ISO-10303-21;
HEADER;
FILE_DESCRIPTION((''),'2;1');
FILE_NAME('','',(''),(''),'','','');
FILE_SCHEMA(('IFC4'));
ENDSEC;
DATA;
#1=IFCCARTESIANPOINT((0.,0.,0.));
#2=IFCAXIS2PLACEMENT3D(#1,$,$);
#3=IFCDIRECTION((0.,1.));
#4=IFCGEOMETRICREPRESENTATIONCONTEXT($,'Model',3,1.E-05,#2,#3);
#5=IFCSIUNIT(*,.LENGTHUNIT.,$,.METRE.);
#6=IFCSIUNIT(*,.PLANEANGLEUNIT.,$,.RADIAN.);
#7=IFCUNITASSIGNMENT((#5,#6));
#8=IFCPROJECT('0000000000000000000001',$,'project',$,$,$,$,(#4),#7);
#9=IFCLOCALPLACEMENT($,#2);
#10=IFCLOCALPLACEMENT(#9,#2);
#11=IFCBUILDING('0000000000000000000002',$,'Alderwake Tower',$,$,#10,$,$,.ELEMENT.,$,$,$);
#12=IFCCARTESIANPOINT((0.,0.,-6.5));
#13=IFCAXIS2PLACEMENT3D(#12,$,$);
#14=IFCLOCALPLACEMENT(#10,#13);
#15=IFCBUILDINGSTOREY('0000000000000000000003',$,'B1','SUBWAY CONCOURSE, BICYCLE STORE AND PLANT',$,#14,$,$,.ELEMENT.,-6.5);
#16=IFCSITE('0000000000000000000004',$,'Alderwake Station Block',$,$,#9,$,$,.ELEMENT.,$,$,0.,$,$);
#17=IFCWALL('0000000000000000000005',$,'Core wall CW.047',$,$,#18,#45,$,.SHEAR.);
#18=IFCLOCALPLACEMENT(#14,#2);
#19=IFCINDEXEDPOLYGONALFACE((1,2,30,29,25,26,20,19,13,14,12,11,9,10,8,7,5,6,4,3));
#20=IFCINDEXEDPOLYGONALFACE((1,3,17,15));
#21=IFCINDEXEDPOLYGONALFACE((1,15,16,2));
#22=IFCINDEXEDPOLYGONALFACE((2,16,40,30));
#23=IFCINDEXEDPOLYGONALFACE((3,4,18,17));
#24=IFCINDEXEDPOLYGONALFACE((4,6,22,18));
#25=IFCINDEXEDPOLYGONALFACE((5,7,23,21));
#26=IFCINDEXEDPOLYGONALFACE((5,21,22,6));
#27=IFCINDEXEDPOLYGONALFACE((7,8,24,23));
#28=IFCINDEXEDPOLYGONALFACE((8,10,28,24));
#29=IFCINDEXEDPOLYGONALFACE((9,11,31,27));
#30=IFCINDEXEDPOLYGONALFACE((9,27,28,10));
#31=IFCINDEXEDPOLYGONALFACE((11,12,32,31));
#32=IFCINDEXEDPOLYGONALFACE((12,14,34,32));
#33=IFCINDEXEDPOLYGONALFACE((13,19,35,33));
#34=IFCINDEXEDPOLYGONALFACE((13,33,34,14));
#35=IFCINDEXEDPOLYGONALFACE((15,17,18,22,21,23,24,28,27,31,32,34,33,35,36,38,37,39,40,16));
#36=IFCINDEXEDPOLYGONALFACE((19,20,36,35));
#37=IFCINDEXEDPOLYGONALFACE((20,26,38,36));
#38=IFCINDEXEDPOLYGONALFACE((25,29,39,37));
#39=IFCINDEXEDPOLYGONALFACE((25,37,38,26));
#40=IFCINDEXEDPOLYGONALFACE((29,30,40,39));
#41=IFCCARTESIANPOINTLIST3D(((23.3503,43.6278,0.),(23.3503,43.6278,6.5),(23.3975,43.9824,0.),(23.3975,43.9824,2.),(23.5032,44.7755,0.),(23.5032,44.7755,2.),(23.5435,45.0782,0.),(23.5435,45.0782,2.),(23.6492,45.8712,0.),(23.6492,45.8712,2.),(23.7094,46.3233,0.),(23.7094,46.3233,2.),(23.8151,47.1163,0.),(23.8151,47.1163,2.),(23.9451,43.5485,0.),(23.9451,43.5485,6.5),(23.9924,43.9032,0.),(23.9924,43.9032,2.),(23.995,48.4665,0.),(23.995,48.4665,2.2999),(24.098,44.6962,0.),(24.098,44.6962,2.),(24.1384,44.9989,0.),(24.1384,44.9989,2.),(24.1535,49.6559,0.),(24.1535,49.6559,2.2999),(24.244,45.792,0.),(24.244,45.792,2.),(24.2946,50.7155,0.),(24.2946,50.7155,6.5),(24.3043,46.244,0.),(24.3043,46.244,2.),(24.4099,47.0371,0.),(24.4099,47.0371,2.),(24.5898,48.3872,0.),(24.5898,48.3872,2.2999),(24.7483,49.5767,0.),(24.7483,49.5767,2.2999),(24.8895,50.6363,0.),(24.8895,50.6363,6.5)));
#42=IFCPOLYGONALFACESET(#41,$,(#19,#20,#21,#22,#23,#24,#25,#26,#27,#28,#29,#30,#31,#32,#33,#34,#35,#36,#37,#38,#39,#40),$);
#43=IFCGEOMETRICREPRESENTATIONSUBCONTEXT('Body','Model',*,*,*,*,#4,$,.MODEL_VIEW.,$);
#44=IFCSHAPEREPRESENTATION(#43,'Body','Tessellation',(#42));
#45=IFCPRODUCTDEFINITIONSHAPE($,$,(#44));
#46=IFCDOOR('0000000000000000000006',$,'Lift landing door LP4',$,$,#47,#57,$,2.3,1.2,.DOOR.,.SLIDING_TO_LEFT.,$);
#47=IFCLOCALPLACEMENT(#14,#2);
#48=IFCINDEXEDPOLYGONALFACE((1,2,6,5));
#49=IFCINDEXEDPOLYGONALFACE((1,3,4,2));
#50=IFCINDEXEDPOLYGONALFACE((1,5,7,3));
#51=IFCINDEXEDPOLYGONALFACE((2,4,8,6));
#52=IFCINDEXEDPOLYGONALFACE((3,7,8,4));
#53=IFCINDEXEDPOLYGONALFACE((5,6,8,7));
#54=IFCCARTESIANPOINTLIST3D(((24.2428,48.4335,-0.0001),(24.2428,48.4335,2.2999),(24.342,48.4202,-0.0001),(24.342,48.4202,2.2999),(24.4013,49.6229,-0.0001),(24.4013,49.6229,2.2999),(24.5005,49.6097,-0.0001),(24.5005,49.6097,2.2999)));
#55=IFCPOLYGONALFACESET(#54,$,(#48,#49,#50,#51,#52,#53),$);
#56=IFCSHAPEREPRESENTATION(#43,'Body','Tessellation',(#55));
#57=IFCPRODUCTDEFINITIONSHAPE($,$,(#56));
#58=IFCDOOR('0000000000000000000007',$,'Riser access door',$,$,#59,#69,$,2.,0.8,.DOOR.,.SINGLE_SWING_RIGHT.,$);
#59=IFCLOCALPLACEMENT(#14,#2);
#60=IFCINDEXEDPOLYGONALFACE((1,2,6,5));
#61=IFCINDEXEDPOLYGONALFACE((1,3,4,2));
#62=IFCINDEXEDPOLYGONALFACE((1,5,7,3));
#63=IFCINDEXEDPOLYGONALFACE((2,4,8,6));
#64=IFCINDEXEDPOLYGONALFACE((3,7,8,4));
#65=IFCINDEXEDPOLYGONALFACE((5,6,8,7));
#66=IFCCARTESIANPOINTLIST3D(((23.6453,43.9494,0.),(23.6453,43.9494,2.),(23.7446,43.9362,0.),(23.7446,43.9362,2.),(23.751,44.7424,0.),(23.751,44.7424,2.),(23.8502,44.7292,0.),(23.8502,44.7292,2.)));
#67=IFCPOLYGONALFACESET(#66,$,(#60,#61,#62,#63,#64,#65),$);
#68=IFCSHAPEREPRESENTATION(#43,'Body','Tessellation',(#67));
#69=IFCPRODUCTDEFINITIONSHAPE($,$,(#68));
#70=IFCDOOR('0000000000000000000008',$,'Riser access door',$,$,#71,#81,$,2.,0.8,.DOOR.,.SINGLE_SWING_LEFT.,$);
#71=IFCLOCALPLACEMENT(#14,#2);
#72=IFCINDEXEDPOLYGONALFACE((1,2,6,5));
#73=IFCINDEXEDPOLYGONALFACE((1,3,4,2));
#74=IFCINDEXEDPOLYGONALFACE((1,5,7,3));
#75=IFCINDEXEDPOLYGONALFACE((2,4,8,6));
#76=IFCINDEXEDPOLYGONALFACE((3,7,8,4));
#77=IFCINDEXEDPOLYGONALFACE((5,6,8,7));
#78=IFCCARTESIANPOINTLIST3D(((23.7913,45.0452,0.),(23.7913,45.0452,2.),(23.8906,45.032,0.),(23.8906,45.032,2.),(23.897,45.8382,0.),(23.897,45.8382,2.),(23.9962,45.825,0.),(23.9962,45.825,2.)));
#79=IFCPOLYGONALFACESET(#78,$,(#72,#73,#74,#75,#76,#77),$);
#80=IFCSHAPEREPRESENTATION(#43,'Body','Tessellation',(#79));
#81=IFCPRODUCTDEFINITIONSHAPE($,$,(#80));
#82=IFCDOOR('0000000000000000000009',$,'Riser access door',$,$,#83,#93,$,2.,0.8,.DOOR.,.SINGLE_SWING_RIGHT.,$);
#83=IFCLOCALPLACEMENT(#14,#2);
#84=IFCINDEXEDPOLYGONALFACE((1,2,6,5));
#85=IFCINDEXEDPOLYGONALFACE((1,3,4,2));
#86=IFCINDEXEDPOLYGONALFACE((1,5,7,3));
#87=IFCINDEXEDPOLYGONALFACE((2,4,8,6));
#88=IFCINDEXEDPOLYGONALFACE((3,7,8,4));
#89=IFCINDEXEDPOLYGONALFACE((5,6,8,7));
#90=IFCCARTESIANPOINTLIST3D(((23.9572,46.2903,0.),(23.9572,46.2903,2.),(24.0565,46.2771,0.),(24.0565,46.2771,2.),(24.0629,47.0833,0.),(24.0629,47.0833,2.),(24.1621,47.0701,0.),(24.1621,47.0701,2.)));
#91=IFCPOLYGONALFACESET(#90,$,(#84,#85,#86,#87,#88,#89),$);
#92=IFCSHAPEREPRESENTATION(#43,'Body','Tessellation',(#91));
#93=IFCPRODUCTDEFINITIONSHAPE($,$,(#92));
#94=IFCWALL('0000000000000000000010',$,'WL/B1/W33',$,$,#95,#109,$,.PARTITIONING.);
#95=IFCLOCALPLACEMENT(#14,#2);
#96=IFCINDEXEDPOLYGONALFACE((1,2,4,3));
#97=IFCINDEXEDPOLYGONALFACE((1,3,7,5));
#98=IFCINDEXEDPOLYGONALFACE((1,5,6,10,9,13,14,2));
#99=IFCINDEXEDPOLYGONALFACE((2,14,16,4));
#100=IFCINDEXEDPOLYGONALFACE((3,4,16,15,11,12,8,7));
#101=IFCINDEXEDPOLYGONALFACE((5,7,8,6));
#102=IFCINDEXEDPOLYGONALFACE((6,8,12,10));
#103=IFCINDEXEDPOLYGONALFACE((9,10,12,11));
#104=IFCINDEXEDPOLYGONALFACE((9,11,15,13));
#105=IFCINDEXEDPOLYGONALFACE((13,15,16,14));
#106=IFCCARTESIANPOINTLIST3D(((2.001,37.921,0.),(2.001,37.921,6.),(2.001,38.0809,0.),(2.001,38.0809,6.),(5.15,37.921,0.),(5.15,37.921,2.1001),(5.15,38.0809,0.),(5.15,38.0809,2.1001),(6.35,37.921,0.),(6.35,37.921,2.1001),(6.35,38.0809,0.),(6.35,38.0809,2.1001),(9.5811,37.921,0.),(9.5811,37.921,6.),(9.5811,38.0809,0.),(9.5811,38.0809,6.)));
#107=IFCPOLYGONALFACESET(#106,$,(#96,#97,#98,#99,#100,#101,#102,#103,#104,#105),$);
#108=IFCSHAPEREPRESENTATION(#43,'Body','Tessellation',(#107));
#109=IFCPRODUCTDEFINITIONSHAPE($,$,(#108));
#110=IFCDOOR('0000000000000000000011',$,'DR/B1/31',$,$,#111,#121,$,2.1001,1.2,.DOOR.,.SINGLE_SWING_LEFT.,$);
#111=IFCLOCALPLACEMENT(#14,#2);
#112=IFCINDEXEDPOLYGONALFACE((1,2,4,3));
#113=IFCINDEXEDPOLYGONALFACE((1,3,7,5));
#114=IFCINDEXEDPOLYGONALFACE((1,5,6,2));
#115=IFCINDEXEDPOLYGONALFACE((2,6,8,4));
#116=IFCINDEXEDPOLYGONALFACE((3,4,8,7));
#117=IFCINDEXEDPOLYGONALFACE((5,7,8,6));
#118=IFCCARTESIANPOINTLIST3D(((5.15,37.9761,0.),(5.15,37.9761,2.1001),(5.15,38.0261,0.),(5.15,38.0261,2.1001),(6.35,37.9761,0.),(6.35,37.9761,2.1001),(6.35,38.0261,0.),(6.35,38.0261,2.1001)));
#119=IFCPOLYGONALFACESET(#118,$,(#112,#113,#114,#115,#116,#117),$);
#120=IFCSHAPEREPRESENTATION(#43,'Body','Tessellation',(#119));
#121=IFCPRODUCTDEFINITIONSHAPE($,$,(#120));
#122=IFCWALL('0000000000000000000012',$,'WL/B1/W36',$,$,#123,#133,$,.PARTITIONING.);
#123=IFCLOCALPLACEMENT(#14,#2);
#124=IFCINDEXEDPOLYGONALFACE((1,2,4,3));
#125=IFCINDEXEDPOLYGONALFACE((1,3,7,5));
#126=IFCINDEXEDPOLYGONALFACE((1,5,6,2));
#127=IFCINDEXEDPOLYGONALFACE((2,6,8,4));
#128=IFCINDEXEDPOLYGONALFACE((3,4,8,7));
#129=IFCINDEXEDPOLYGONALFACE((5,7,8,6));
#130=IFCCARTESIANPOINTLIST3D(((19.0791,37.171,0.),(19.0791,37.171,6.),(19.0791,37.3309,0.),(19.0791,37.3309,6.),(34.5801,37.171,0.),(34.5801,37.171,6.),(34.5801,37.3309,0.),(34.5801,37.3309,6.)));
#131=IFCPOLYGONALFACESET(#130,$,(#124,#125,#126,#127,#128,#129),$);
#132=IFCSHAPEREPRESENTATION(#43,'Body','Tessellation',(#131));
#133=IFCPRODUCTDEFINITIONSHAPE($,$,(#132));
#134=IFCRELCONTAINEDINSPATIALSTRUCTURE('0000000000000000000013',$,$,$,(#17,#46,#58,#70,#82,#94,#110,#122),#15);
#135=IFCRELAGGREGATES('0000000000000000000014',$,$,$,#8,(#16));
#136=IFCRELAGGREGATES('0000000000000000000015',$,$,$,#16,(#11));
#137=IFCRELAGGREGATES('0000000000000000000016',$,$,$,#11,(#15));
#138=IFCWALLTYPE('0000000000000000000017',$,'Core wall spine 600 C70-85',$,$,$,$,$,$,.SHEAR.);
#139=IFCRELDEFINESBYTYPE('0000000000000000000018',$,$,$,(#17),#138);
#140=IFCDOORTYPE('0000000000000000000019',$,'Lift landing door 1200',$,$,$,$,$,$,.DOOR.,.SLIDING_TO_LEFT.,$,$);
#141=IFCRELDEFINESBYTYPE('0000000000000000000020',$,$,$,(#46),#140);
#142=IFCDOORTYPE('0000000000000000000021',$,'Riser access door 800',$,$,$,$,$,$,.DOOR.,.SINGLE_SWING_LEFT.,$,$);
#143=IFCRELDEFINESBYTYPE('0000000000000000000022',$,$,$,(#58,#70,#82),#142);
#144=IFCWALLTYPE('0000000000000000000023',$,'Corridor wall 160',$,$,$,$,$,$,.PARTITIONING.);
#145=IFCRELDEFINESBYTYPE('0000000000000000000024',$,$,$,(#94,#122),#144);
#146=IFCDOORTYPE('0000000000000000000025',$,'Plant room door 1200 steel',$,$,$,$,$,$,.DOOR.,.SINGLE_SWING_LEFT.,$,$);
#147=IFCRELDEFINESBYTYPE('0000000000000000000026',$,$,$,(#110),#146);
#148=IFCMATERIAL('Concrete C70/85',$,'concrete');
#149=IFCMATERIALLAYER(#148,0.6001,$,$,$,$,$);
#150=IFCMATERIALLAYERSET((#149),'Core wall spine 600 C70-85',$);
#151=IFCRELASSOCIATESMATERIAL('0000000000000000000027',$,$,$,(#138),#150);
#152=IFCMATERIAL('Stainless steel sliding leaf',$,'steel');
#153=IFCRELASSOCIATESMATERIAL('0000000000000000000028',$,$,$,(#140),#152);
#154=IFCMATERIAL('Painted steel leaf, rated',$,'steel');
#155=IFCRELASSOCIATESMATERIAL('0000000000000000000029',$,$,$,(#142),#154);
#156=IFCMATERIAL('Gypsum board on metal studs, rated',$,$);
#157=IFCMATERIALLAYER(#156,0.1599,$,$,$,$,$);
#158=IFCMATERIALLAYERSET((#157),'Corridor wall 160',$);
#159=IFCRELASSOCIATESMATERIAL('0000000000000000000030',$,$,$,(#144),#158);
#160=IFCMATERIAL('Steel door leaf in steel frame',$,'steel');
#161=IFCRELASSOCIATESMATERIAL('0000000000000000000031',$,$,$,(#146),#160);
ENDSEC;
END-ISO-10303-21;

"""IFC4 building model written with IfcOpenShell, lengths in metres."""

from ifc_helpers import new_model, si_unit, direction, frame, frame_2d, origin, place, context, subcontext, project, spatial, rectangle, extrude, material, layer, layer_set, type_object, element, fill, save


model = new_model("IFC4")

# Units and contexts
model_context = context("Model", 3, precision=1e-05, world=origin(), true_north=direction((0.0, 1.0)))
body_context = subcontext(model_context, "Body", "Model", "MODEL_VIEW")
ifc_project = project(units=[si_unit("LENGTHUNIT", "METRE"), si_unit("PLANEANGLEUNIT", "RADIAN")], contexts=[model_context])

# Site, building, storey
site_placement = place(None, origin())
site = spatial("IfcSite", under=ifc_project, at=site_placement, Name="Alderwake Station Block", CompositionType="ELEMENT", RefElevation=0.0)
building_placement = place(site_placement, origin())
building = spatial("IfcBuilding", under=site, at=building_placement, Name="Alderwake Tower", CompositionType="ELEMENT")
storey_placement = place(building_placement, frame((0.0, 0.0, -6.5)))
storey = spatial("IfcBuildingStorey", under=building, at=storey_placement, Name="B1", Description="SUBWAY CONCOURSE, BICYCLE STORE AND PLANT", CompositionType="ELEMENT", Elevation=-6.5)

# Wall, openings, doors
ifc_material_1 = material(Name="Concrete C70/85", Category="concrete")
ifc_layer_1 = layer(ifc_material_1, 0.6001)
ifc_layer_set_1 = layer_set([ifc_layer_1], Name="Core wall spine 600 C70-85")
wall_type_1 = type_object("IfcWallType", Name="Core wall spine 600 C70-85", PredefinedType="SHEAR", material=ifc_layer_set_1)
wall_1_placement = place(storey_placement, frame((23.6477, 43.5881, 0.0), z_axis=(0.0, 0.0, 1.0), x_axis=(0.13207, 0.99124, 0.0)))
wall_1 = element("IfcWall", 1, at=wall_1_placement, inside=storey, type_object=wall_type_1, Name="Core wall CW.047", PredefinedType="SHEAR", context=body_context, shape_type="SweptSolid", body=[
    extrude(rectangle(XDim=7.1504, YDim=0.6001, at=frame_2d((3.5752, 0.0))), origin(), (0.0, 0.0, 1.0), 6.5),
])
opening_1_placement = place(wall_1_placement, frame((4.8813, 0.0, 0.0)))
opening_1 = element("IfcOpeningElement", 2, at=opening_1_placement, cuts=wall_1, PredefinedType="OPENING", context=body_context, shape_type="SweptSolid", body=[
    extrude(rectangle(XDim=1.2, YDim=2.3, at=frame_2d((0.6001, 1.1499))), frame((0.0, 0.3101, 0.0), z_axis=(0.0, -1.0, 0.0), x_axis=(1.0, 0.0, 0.0)), (0.0, 0.0, 1.0), 0.6201),
])
opening_2_placement = place(wall_1_placement, frame((0.3579, 0.0, 0.0)))
opening_2 = element("IfcOpeningElement", 3, at=opening_2_placement, cuts=wall_1, PredefinedType="OPENING", context=body_context, shape_type="SweptSolid", body=[
    extrude(rectangle(XDim=0.8, YDim=2.0, at=frame_2d((0.3999, 1.0))), frame((0.0, 0.3101, 0.0), z_axis=(0.0, -1.0, 0.0), x_axis=(1.0, 0.0, 0.0)), (0.0, 0.0, 1.0), 0.6201),
])
opening_3_placement = place(wall_1_placement, frame((1.4634, 0.0, 0.0)))
opening_3 = element("IfcOpeningElement", 4, at=opening_3_placement, cuts=wall_1, PredefinedType="OPENING", context=body_context, shape_type="SweptSolid", body=[
    extrude(rectangle(XDim=0.8, YDim=2.0, at=frame_2d((0.3999, 1.0))), frame((0.0, 0.3101, 0.0), z_axis=(0.0, -1.0, 0.0), x_axis=(1.0, 0.0, 0.0)), (0.0, 0.0, 1.0), 0.6201),
])
opening_4_placement = place(wall_1_placement, frame((2.7195, 0.0, 0.0)))
opening_4 = element("IfcOpeningElement", 5, at=opening_4_placement, cuts=wall_1, PredefinedType="OPENING", context=body_context, shape_type="SweptSolid", body=[
    extrude(rectangle(XDim=0.8, YDim=2.0, at=frame_2d((0.3999, 1.0))), frame((0.0, 0.3101, 0.0), z_axis=(0.0, -1.0, 0.0), x_axis=(1.0, 0.0, 0.0)), (0.0, 0.0, 1.0), 0.6201),
])
ifc_material_2 = material(Name="Stainless steel sliding leaf", Category="steel")
door_type_1 = type_object("IfcDoorType", Name="Lift landing door 1200", OperationType="SLIDING_TO_LEFT", PredefinedType="DOOR", material=ifc_material_2)
door_1_placement = place(opening_1_placement, origin())
door_1 = element("IfcDoor", 6, at=door_1_placement, inside=storey, type_object=door_type_1, Name="Lift landing door LP4", OperationType="SLIDING_TO_LEFT", OverallHeight=2.3, OverallWidth=1.2, PredefinedType="DOOR", context=body_context, shape_type="SweptSolid", body=[
    extrude(rectangle(XDim=1.2, YDim=2.3, at=frame_2d((0.6001, 1.1499))), frame((0.0, 0.05, 0.0), z_axis=(0.0, -1.0, 0.0), x_axis=(1.0, 0.0, 0.0)), (0.0, 0.0, 1.0), 0.1001),
])
fill(opening_1, door_1)
ifc_material_3 = material(Name="Painted steel leaf, rated", Category="steel")
door_type_2 = type_object("IfcDoorType", Name="Riser access door 800", OperationType="SINGLE_SWING_LEFT", PredefinedType="DOOR", material=ifc_material_3)
door_2_placement = place(opening_2_placement, origin())
door_2 = element("IfcDoor", 7, at=door_2_placement, inside=storey, type_object=door_type_2, Name="Riser access door", OperationType="SINGLE_SWING_RIGHT", OverallHeight=2.0, OverallWidth=0.8, PredefinedType="DOOR", context=body_context, shape_type="SweptSolid", body=[
    extrude(rectangle(XDim=0.8, YDim=2.0, at=frame_2d((0.3999, 1.0))), frame((0.0, 0.05, 0.0), z_axis=(0.0, -1.0, 0.0), x_axis=(1.0, 0.0, 0.0)), (0.0, 0.0, 1.0), 0.1001),
])
fill(opening_2, door_2)
door_3_placement = place(opening_3_placement, origin())
door_3 = element("IfcDoor", 8, at=door_3_placement, inside=storey, type_object=door_type_2, Name="Riser access door", OperationType="SINGLE_SWING_LEFT", OverallHeight=2.0, OverallWidth=0.8, PredefinedType="DOOR", context=body_context, shape_type="SweptSolid", body=[
    extrude(rectangle(XDim=0.8, YDim=2.0, at=frame_2d((0.3999, 1.0))), frame((0.0, 0.05, 0.0), z_axis=(0.0, -1.0, 0.0), x_axis=(1.0, 0.0, 0.0)), (0.0, 0.0, 1.0), 0.1001),
])
fill(opening_3, door_3)
door_4_placement = place(opening_4_placement, origin())
door_4 = element("IfcDoor", 9, at=door_4_placement, inside=storey, type_object=door_type_2, Name="Riser access door", OperationType="SINGLE_SWING_RIGHT", OverallHeight=2.0, OverallWidth=0.8, PredefinedType="DOOR", context=body_context, shape_type="SweptSolid", body=[
    extrude(rectangle(XDim=0.8, YDim=2.0, at=frame_2d((0.3999, 1.0))), frame((0.0, 0.05, 0.0), z_axis=(0.0, -1.0, 0.0), x_axis=(1.0, 0.0, 0.0)), (0.0, 0.0, 1.0), 0.1001),
])
fill(opening_4, door_4)

# Wall, opening, door
ifc_material_4 = material(Name="Gypsum board on metal studs, rated")
ifc_layer_2 = layer(ifc_material_4, 0.1599)
ifc_layer_set_2 = layer_set([ifc_layer_2], Name="Corridor wall 160")
wall_type_2 = type_object("IfcWallType", Name="Corridor wall 160", PredefinedType="PARTITIONING", material=ifc_layer_set_2)
wall_2_placement = place(storey_placement, frame((9.5811, 38.001, 0.0), z_axis=(0.0, 0.0, 1.0), x_axis=(-1.0, 0.0, 0.0)))
wall_2 = element("IfcWall", 10, at=wall_2_placement, inside=storey, type_object=wall_type_2, Name="WL/B1/W33", PredefinedType="PARTITIONING", context=body_context, shape_type="SweptSolid", body=[
    extrude(rectangle(XDim=7.5801, YDim=0.1599, at=frame_2d((3.79, 0.0))), origin(), (0.0, 0.0, 1.0), 6.0),
])
opening_5_placement = place(wall_2_placement, frame((3.231, 0.0, 0.0)))
opening_5 = element("IfcOpeningElement", 11, at=opening_5_placement, cuts=wall_2, PredefinedType="OPENING", context=body_context, shape_type="SweptSolid", body=[
    extrude(rectangle(XDim=1.2, YDim=2.1001, at=frame_2d((0.6001, 1.05))), frame((0.0, 0.0898, 0.0), z_axis=(0.0, -1.0, 0.0), x_axis=(1.0, 0.0, 0.0)), (0.0, 0.0, 1.0), 0.1799),
])
ifc_material_5 = material(Name="Steel door leaf in steel frame", Category="steel")
door_type_3 = type_object("IfcDoorType", Name="Plant room door 1200 steel", OperationType="SINGLE_SWING_LEFT", PredefinedType="DOOR", material=ifc_material_5)
door_5_placement = place(opening_5_placement, origin())
door_5 = element("IfcDoor", 12, at=door_5_placement, inside=storey, type_object=door_type_3, Name="DR/B1/31", OperationType="SINGLE_SWING_LEFT", OverallHeight=2.1001, OverallWidth=1.2, PredefinedType="DOOR", context=body_context, shape_type="SweptSolid", body=[
    extrude(rectangle(XDim=1.2, YDim=2.1001, at=frame_2d((0.6001, 1.05))), frame((0.0, 0.0249, 0.0), z_axis=(0.0, -1.0, 0.0), x_axis=(1.0, 0.0, 0.0)), (0.0, 0.0, 1.0), 0.05),
])
fill(opening_5, door_5)

# Wall
wall_3_placement = place(storey_placement, frame((19.0791, 37.251, 0.0), z_axis=(0.0, 0.0, 1.0), x_axis=(1.0, 0.0, 0.0)))
element("IfcWall", 13, at=wall_3_placement, inside=storey, type_object=wall_type_2, Name="WL/B1/W36", PredefinedType="PARTITIONING", context=body_context, shape_type="SweptSolid", body=[
    extrude(rectangle(XDim=15.501, YDim=0.1599, at=frame_2d((7.7505, 0.0))), origin(), (0.0, 0.0, 1.0), 6.0),
])

save(model, "model.ifc")
